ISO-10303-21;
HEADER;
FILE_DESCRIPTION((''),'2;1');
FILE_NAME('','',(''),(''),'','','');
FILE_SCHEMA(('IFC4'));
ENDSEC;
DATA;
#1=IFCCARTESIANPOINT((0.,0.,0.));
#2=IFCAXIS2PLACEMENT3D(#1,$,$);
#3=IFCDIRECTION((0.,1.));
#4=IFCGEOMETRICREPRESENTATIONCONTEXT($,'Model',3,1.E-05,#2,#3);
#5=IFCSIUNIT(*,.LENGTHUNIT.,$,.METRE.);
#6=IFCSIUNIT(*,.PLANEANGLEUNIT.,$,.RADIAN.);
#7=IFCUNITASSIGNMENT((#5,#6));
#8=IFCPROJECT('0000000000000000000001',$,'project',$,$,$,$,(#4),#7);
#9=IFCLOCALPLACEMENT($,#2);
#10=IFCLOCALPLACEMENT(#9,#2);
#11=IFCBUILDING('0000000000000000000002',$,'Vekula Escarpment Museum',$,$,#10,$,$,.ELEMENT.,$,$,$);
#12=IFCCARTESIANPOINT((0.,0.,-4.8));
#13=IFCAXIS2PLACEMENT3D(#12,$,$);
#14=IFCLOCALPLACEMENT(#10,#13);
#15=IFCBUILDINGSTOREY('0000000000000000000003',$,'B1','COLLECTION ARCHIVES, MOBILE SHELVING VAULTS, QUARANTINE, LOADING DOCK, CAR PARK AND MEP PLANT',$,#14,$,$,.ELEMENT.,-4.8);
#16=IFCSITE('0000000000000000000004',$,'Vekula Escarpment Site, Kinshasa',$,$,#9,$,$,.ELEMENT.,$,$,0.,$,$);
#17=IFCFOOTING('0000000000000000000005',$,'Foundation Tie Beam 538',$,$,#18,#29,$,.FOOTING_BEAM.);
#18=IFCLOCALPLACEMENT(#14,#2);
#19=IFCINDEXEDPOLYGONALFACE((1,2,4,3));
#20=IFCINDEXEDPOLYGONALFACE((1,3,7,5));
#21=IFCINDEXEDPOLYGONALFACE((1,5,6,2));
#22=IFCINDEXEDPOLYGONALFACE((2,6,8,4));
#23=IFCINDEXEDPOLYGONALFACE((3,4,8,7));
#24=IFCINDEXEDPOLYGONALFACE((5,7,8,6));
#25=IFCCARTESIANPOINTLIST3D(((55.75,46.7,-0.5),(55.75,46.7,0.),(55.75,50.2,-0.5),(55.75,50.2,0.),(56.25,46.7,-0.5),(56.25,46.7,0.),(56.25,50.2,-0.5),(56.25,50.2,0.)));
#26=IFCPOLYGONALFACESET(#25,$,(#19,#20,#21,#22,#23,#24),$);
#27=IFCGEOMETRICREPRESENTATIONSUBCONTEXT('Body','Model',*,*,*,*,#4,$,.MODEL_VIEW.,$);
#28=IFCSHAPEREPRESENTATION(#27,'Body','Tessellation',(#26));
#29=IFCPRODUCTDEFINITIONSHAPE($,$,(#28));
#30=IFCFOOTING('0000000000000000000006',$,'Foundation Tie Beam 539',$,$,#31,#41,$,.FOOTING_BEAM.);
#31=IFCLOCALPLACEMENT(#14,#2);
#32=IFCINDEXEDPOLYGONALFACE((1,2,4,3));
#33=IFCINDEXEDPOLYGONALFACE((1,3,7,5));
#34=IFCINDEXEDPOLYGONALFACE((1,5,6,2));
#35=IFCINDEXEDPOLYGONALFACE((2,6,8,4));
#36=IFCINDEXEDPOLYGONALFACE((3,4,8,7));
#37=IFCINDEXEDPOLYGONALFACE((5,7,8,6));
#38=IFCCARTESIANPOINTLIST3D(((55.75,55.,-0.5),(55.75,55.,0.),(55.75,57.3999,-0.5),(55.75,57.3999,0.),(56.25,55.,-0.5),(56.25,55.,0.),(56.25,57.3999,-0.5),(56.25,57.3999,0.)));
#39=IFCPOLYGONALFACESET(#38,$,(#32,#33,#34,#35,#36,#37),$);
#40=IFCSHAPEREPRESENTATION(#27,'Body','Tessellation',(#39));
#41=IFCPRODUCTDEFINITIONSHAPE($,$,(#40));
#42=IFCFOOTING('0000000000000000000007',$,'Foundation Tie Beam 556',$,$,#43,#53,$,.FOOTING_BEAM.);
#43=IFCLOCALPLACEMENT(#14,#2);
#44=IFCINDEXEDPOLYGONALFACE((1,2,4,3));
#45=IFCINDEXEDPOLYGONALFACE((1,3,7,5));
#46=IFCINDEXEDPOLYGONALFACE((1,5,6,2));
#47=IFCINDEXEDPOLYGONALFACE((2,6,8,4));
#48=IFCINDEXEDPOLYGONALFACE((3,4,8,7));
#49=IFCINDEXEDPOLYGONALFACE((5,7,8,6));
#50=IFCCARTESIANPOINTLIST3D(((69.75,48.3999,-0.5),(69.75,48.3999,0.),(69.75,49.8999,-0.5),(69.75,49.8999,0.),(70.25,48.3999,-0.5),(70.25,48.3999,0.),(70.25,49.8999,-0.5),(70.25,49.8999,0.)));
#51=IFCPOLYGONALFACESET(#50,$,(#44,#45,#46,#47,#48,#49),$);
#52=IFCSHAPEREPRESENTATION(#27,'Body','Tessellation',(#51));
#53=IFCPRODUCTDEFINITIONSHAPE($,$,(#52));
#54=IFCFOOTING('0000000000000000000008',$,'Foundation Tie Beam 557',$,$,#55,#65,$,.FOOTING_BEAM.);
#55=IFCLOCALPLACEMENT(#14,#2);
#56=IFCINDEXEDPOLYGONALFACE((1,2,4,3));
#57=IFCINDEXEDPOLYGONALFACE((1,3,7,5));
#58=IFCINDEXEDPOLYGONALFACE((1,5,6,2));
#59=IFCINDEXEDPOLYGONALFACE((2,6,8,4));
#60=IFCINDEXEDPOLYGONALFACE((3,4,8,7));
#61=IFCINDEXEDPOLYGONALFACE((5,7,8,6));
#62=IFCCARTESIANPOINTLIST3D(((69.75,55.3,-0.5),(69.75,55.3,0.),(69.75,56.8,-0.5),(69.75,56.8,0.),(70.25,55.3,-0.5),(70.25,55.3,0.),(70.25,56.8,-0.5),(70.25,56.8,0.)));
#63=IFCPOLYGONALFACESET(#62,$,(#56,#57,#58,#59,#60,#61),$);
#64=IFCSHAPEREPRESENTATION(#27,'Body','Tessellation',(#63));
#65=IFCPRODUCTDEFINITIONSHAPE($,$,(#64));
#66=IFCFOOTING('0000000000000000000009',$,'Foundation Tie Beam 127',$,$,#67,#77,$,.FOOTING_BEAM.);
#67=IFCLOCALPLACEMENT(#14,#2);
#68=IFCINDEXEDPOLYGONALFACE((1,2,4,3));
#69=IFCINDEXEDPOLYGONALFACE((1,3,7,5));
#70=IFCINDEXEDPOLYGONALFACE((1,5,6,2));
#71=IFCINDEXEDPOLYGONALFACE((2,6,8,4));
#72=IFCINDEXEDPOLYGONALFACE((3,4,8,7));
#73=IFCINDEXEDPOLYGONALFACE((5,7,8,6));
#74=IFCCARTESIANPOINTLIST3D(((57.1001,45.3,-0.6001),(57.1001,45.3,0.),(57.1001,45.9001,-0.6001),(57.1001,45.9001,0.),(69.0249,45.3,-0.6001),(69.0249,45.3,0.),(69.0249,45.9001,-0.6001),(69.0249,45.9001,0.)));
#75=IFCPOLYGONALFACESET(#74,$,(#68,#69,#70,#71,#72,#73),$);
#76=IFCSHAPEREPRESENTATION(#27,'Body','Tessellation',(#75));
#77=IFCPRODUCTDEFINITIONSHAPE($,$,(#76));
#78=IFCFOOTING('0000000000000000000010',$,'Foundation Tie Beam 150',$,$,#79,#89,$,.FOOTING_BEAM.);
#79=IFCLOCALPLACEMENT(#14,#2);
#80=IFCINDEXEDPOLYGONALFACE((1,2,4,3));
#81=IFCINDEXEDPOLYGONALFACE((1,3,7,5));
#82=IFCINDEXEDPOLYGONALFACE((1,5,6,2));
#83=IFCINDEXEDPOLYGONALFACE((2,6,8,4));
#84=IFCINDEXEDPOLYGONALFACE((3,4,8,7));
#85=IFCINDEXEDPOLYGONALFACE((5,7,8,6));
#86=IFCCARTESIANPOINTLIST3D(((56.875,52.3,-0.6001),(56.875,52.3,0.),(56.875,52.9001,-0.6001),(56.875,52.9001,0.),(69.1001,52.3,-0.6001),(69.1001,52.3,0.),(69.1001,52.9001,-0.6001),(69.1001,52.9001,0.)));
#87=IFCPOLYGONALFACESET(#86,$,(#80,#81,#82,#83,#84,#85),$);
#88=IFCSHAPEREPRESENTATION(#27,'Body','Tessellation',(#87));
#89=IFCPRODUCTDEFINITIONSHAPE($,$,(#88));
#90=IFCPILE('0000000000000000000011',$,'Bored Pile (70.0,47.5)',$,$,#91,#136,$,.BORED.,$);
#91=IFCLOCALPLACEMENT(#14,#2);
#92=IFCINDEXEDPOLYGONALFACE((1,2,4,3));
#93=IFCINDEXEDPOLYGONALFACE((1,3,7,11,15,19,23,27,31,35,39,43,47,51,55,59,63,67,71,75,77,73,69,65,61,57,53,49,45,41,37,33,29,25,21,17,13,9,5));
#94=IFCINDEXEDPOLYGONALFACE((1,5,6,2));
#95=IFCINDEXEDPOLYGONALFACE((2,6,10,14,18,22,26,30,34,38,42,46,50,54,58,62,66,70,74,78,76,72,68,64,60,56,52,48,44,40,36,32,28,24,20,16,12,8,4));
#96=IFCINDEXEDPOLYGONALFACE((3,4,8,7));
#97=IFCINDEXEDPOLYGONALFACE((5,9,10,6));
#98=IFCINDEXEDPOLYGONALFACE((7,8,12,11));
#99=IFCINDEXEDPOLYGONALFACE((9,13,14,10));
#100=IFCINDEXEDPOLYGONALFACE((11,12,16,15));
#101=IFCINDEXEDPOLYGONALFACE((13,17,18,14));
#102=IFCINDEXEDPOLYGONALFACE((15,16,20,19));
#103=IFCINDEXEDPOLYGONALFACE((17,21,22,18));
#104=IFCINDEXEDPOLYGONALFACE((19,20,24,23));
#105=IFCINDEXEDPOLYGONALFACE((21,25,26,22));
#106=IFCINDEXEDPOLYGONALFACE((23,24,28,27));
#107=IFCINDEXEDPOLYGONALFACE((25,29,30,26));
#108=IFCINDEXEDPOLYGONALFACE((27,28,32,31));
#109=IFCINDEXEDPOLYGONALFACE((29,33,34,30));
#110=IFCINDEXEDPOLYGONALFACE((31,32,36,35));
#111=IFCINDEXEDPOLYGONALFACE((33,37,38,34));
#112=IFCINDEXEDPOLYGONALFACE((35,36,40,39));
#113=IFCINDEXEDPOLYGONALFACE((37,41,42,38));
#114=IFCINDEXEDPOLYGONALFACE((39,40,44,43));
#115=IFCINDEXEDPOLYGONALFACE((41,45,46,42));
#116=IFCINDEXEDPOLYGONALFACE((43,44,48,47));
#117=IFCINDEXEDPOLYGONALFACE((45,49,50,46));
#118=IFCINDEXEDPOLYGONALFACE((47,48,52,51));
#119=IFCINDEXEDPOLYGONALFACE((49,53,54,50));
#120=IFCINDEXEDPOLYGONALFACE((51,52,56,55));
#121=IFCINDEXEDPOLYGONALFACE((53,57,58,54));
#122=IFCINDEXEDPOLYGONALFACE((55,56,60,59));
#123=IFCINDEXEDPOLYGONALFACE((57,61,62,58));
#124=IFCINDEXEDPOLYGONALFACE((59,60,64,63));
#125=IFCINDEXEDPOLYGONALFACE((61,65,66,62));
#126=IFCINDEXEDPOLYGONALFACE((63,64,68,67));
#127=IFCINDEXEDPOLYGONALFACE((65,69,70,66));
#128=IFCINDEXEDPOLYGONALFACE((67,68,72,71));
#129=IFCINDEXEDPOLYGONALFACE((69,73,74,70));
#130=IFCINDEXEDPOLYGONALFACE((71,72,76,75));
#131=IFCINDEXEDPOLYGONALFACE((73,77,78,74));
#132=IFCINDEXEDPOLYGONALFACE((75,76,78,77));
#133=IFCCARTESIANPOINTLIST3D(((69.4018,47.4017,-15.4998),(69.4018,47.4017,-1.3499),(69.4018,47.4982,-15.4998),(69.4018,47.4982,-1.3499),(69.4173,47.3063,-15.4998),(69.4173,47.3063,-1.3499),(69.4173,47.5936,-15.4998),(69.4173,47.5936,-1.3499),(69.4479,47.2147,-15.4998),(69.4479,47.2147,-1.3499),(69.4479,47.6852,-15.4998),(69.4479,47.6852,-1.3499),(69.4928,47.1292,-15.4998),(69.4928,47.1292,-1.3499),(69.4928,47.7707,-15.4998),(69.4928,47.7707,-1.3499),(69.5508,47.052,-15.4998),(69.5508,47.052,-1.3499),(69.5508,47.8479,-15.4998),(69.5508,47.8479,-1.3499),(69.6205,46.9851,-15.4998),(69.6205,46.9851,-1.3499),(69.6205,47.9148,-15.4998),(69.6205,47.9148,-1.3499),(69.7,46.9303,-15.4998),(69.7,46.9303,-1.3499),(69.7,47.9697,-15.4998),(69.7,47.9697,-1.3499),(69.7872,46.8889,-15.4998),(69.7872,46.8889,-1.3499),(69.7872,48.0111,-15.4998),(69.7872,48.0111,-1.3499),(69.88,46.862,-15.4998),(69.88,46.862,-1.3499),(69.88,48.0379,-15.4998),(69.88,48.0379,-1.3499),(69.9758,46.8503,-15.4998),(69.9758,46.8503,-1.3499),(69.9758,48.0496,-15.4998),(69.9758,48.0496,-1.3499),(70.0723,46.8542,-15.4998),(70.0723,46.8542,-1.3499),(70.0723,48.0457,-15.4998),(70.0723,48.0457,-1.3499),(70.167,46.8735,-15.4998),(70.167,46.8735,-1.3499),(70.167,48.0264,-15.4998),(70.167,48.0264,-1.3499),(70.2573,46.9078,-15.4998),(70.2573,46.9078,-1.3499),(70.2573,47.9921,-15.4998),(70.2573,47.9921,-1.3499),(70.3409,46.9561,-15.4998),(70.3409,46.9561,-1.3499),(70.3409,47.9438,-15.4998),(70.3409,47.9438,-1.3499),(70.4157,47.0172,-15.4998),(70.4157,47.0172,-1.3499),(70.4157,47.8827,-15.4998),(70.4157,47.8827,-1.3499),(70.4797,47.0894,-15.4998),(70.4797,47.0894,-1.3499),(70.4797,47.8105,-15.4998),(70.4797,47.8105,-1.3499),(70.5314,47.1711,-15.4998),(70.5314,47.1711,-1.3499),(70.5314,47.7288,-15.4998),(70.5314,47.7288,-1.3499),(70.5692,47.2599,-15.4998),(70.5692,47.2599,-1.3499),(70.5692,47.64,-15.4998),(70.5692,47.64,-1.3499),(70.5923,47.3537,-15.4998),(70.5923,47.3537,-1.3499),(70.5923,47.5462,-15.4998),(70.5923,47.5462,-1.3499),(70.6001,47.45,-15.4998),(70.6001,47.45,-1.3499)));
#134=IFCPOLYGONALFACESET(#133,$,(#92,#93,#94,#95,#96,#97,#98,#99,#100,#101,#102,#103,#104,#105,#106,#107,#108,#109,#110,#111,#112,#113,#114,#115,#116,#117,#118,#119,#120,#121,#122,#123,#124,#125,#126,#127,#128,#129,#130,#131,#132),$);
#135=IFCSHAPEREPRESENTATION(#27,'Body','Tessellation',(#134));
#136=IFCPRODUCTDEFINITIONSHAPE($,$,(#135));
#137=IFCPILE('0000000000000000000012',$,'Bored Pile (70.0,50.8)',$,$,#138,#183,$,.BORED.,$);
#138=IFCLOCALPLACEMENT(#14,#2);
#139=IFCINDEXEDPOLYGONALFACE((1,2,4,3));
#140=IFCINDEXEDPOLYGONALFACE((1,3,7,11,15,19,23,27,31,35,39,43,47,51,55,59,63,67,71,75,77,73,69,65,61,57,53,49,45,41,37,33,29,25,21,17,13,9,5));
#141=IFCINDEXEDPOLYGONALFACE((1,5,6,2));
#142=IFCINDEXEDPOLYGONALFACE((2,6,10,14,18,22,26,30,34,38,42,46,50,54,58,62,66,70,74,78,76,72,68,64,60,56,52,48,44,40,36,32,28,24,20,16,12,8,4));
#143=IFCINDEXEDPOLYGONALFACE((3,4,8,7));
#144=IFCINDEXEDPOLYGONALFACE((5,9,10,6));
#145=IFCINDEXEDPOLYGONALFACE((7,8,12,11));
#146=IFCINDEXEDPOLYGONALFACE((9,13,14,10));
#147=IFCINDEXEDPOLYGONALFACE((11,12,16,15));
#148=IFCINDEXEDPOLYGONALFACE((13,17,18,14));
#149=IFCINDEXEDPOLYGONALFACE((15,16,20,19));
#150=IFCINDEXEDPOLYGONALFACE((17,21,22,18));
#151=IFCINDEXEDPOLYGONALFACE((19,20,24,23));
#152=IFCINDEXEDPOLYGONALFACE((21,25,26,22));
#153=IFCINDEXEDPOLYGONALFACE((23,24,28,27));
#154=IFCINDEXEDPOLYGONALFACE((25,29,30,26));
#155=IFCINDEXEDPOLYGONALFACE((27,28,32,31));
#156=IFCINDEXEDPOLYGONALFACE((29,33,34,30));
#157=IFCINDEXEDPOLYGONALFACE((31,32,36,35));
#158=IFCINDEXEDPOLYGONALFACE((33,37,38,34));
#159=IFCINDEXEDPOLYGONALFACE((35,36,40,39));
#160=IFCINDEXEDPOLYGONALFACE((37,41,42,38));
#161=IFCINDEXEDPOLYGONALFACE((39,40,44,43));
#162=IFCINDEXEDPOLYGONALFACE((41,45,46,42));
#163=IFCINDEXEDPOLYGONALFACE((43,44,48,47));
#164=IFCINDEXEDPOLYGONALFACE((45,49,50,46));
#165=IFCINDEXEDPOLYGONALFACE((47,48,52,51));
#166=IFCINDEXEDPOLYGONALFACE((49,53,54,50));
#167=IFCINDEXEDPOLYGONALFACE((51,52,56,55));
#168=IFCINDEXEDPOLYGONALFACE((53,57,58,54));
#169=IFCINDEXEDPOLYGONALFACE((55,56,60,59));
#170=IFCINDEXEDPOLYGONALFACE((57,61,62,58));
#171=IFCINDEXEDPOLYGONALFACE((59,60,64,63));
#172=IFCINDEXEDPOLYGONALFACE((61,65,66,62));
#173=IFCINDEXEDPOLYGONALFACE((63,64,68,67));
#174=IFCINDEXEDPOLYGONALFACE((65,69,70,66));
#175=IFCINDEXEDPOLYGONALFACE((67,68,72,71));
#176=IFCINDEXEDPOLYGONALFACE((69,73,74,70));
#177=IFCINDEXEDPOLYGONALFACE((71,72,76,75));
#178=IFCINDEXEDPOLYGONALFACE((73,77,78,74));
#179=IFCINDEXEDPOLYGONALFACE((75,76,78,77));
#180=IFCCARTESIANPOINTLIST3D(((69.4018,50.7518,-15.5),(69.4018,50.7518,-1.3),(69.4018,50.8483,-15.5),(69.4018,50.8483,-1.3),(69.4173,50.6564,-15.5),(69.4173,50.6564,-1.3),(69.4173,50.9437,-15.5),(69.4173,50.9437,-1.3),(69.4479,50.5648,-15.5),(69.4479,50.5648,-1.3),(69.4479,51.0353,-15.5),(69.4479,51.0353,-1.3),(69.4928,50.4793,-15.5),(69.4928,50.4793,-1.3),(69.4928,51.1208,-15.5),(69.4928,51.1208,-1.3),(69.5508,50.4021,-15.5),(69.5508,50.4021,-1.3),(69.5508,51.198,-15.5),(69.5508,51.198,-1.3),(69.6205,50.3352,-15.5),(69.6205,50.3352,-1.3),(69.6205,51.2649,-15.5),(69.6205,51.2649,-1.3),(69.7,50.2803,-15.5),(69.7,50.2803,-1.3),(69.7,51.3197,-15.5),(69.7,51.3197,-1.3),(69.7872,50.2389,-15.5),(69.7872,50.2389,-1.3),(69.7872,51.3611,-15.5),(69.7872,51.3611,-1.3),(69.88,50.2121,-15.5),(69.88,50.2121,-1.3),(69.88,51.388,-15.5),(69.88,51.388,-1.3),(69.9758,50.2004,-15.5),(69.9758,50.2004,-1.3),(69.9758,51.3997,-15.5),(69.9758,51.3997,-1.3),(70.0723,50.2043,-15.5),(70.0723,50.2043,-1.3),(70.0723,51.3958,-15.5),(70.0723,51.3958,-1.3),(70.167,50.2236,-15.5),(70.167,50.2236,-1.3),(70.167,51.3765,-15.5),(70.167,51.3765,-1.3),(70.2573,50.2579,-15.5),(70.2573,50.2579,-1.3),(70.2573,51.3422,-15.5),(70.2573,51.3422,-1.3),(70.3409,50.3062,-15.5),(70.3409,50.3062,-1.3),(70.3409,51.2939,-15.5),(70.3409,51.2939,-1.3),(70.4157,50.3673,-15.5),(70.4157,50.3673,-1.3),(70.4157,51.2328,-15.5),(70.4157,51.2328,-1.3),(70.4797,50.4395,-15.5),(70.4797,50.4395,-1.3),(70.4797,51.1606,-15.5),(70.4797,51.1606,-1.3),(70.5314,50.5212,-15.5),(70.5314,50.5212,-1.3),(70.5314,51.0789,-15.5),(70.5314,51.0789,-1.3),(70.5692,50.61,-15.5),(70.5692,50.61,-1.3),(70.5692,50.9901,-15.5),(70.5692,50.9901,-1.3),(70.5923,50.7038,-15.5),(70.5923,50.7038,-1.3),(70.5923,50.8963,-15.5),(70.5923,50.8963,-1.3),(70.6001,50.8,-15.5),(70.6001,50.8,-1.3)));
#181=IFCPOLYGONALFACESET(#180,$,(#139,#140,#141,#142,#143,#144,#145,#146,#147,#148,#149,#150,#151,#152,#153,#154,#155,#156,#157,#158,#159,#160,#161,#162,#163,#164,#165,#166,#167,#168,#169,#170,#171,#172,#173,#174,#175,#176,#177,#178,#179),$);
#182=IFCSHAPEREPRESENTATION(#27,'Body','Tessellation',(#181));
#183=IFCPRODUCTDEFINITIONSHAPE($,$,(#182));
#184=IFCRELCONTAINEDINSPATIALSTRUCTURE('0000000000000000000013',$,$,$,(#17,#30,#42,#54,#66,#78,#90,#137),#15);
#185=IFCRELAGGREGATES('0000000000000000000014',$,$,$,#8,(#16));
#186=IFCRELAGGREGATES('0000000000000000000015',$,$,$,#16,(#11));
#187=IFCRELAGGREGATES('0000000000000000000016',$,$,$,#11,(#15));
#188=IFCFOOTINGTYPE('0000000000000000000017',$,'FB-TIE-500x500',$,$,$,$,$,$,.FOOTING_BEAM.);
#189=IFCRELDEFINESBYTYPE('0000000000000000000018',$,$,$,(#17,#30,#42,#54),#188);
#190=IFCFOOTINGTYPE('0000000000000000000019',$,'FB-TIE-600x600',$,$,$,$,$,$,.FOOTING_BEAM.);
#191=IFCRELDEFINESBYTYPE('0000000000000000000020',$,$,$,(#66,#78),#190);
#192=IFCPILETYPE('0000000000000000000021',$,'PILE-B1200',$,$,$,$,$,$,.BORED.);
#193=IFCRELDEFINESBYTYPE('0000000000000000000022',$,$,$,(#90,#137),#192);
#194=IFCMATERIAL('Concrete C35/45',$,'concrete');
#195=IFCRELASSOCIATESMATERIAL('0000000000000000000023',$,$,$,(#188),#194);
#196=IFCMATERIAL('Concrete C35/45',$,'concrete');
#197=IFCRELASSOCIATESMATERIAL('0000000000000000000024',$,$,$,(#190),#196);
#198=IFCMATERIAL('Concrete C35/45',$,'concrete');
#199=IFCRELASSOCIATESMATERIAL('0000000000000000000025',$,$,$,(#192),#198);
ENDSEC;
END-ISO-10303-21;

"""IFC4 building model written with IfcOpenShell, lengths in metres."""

from ifc_helpers import new_model, si_unit, direction, frame, origin, origin_2d, place, context, subcontext, project, spatial, rectangle, circle, extrude, material, material_profile, profile_set, type_object, element, save


model = new_model("IFC4")

# Units and contexts
model_context = context("Model", 3, precision=1e-05, world=origin(), true_north=direction((0.0, 1.0)))
body_context = subcontext(model_context, "Body", "Model", "MODEL_VIEW")
ifc_project = project(units=[si_unit("LENGTHUNIT", "METRE"), si_unit("PLANEANGLEUNIT", "RADIAN")], contexts=[model_context])

# Site, building, storey
site_placement = place(None, origin())
site = spatial("IfcSite", under=ifc_project, at=site_placement, Name="Vekula Escarpment Site, Kinshasa", CompositionType="ELEMENT", RefElevation=0.0)
building_placement = place(site_placement, origin())
building = spatial("IfcBuilding", under=site, at=building_placement, Name="Vekula Escarpment Museum", CompositionType="ELEMENT")
storey_placement = place(building_placement, frame((0.0, 0.0, -4.8)))
storey = spatial("IfcBuildingStorey", under=building, at=storey_placement, Name="B1", Description="COLLECTION ARCHIVES, MOBILE SHELVING VAULTS, QUARANTINE, LOADING DOCK, CAR PARK AND MEP PLANT", CompositionType="ELEMENT", Elevation=-4.8)

# Footings
ifc_material_1 = material(Name="Concrete C35/45", Category="concrete")
ifc_material_profile_1 = material_profile(ifc_material_1, rectangle(XDim=0.5, YDim=0.5, at=origin_2d()), Name="RC 500x500")
ifc_profile_set_1 = profile_set([ifc_material_profile_1], Name="Concrete C35/45")
footing_type_1 = type_object("IfcFootingType", Name="FB-TIE-500x500", PredefinedType="FOOTING_BEAM", material=ifc_profile_set_1)
footing_1_placement = place(storey_placement, frame((56.0, 46.7, -0.25), z_axis=(0.0, 1.0, 0.0), x_axis=(-1.0, 0.0, 0.0)))
element("IfcFooting", 1, at=footing_1_placement, inside=storey, type_object=footing_type_1, Name="Foundation Tie Beam 538", PredefinedType="FOOTING_BEAM", context=body_context, shape_type="SweptSolid", body=[
    extrude(rectangle(XDim=0.5, YDim=0.5, at=origin_2d()), origin(), (0.0, 0.0, 1.0), 3.5),
])
footing_2_placement = place(storey_placement, frame((56.0, 55.0, -0.25), z_axis=(0.0, 1.0, 0.0), x_axis=(-1.0, 0.0, 0.0)))
element("IfcFooting", 2, at=footing_2_placement, inside=storey, type_object=footing_type_1, Name="Foundation Tie Beam 539", PredefinedType="FOOTING_BEAM", context=body_context, shape_type="SweptSolid", body=[
    extrude(rectangle(XDim=0.5, YDim=0.5, at=origin_2d()), origin(), (0.0, 0.0, 1.0), 2.3999),
])
for number, where, z_axis, x_axis, name in (
    (3, (70.0, 48.3999, -0.25), (0.0, 1.0, 0.0), (-1.0, 0.0, 0.0), "Foundation Tie Beam 556"),
    (4, (70.0, 55.3, -0.25), (0.0, 1.0, 0.0), (-1.0, 0.0, 0.0), "Foundation Tie Beam 557"),
):
    element("IfcFooting", number, at=place(storey_placement, frame(where, z_axis=z_axis, x_axis=x_axis)), inside=storey, type_object=footing_type_1, Name=name, PredefinedType="FOOTING_BEAM", context=body_context, shape_type="SweptSolid", body=[
        extrude(rectangle(XDim=0.5, YDim=0.5, at=origin_2d()), origin(), (0.0, 0.0, 1.0), 1.5),
    ])
ifc_material_2 = material(Name="Concrete C35/45", Category="concrete")
ifc_material_profile_2 = material_profile(ifc_material_2, rectangle(XDim=0.6001, YDim=0.6001, at=origin_2d()), Name="RC 600x600")
ifc_profile_set_2 = profile_set([ifc_material_profile_2], Name="Concrete C35/45")
footing_type_2 = type_object("IfcFootingType", Name="FB-TIE-600x600", PredefinedType="FOOTING_BEAM", material=ifc_profile_set_2)
footing_3_placement = place(storey_placement, frame((57.1001, 45.6001, -0.3), z_axis=(1.0, 0.0, 0.0), x_axis=(0.0, 1.0, 0.0)))
element("IfcFooting", 5, at=footing_3_placement, inside=storey, type_object=footing_type_2, Name="Foundation Tie Beam 127", PredefinedType="FOOTING_BEAM", context=body_context, shape_type="SweptSolid", body=[
    extrude(rectangle(XDim=0.6001, YDim=0.6001, at=origin_2d()), origin(), (0.0, 0.0, 1.0), 11.9248),
])
footing_4_placement = place(storey_placement, frame((56.875, 52.6001, -0.3), z_axis=(1.0, 0.0, 0.0), x_axis=(0.0, 1.0, 0.0)))
element("IfcFooting", 6, at=footing_4_placement, inside=storey, type_object=footing_type_2, Name="Foundation Tie Beam 150", PredefinedType="FOOTING_BEAM", context=body_context, shape_type="SweptSolid", body=[
    extrude(rectangle(XDim=0.6001, YDim=0.6001, at=origin_2d()), origin(), (0.0, 0.0, 1.0), 12.2251),
])

# Piles
ifc_material_3 = material(Name="Concrete C35/45", Category="concrete")
ifc_material_profile_3 = material_profile(ifc_material_3, circle(Radius=0.6001, at=origin_2d()), Name="BORED PILE 1200")
ifc_profile_set_3 = profile_set([ifc_material_profile_3], Name="Concrete C35/45")
pile_type_1 = type_object("IfcPileType", Name="PILE-B1200", PredefinedType="BORED", material=ifc_profile_set_3)
pile_placement = place(storey_placement, frame((70.0, 47.45, -1.3499), z_axis=(0.0, 0.0, -1.0), x_axis=(1.0, 0.0, 0.0)))
element("IfcPile", 7, at=pile_placement, inside=storey, type_object=pile_type_1, Name="Bored Pile (70.0,47.5)", PredefinedType="BORED", context=body_context, shape_type="SweptSolid", body=[
    extrude(circle(Radius=0.6001, at=origin_2d()), origin(), (0.0, 0.0, 1.0), 14.1499),
])
for number, where, z_axis, x_axis, name in (
    (8, (70.0, 50.8, -1.3), (0.0, 0.0, -1.0), (1.0, 0.0, 0.0), "Bored Pile (70.0,50.8)"),
):
    element("IfcPile", number, at=place(storey_placement, frame(where, z_axis=z_axis, x_axis=x_axis)), inside=storey, type_object=pile_type_1, Name=name, PredefinedType="BORED", context=body_context, shape_type="SweptSolid", body=[
        extrude(circle(Radius=0.6001, at=origin_2d()), origin(), (0.0, 0.0, 1.0), 14.2),
    ])

save(model, "model.ifc")
